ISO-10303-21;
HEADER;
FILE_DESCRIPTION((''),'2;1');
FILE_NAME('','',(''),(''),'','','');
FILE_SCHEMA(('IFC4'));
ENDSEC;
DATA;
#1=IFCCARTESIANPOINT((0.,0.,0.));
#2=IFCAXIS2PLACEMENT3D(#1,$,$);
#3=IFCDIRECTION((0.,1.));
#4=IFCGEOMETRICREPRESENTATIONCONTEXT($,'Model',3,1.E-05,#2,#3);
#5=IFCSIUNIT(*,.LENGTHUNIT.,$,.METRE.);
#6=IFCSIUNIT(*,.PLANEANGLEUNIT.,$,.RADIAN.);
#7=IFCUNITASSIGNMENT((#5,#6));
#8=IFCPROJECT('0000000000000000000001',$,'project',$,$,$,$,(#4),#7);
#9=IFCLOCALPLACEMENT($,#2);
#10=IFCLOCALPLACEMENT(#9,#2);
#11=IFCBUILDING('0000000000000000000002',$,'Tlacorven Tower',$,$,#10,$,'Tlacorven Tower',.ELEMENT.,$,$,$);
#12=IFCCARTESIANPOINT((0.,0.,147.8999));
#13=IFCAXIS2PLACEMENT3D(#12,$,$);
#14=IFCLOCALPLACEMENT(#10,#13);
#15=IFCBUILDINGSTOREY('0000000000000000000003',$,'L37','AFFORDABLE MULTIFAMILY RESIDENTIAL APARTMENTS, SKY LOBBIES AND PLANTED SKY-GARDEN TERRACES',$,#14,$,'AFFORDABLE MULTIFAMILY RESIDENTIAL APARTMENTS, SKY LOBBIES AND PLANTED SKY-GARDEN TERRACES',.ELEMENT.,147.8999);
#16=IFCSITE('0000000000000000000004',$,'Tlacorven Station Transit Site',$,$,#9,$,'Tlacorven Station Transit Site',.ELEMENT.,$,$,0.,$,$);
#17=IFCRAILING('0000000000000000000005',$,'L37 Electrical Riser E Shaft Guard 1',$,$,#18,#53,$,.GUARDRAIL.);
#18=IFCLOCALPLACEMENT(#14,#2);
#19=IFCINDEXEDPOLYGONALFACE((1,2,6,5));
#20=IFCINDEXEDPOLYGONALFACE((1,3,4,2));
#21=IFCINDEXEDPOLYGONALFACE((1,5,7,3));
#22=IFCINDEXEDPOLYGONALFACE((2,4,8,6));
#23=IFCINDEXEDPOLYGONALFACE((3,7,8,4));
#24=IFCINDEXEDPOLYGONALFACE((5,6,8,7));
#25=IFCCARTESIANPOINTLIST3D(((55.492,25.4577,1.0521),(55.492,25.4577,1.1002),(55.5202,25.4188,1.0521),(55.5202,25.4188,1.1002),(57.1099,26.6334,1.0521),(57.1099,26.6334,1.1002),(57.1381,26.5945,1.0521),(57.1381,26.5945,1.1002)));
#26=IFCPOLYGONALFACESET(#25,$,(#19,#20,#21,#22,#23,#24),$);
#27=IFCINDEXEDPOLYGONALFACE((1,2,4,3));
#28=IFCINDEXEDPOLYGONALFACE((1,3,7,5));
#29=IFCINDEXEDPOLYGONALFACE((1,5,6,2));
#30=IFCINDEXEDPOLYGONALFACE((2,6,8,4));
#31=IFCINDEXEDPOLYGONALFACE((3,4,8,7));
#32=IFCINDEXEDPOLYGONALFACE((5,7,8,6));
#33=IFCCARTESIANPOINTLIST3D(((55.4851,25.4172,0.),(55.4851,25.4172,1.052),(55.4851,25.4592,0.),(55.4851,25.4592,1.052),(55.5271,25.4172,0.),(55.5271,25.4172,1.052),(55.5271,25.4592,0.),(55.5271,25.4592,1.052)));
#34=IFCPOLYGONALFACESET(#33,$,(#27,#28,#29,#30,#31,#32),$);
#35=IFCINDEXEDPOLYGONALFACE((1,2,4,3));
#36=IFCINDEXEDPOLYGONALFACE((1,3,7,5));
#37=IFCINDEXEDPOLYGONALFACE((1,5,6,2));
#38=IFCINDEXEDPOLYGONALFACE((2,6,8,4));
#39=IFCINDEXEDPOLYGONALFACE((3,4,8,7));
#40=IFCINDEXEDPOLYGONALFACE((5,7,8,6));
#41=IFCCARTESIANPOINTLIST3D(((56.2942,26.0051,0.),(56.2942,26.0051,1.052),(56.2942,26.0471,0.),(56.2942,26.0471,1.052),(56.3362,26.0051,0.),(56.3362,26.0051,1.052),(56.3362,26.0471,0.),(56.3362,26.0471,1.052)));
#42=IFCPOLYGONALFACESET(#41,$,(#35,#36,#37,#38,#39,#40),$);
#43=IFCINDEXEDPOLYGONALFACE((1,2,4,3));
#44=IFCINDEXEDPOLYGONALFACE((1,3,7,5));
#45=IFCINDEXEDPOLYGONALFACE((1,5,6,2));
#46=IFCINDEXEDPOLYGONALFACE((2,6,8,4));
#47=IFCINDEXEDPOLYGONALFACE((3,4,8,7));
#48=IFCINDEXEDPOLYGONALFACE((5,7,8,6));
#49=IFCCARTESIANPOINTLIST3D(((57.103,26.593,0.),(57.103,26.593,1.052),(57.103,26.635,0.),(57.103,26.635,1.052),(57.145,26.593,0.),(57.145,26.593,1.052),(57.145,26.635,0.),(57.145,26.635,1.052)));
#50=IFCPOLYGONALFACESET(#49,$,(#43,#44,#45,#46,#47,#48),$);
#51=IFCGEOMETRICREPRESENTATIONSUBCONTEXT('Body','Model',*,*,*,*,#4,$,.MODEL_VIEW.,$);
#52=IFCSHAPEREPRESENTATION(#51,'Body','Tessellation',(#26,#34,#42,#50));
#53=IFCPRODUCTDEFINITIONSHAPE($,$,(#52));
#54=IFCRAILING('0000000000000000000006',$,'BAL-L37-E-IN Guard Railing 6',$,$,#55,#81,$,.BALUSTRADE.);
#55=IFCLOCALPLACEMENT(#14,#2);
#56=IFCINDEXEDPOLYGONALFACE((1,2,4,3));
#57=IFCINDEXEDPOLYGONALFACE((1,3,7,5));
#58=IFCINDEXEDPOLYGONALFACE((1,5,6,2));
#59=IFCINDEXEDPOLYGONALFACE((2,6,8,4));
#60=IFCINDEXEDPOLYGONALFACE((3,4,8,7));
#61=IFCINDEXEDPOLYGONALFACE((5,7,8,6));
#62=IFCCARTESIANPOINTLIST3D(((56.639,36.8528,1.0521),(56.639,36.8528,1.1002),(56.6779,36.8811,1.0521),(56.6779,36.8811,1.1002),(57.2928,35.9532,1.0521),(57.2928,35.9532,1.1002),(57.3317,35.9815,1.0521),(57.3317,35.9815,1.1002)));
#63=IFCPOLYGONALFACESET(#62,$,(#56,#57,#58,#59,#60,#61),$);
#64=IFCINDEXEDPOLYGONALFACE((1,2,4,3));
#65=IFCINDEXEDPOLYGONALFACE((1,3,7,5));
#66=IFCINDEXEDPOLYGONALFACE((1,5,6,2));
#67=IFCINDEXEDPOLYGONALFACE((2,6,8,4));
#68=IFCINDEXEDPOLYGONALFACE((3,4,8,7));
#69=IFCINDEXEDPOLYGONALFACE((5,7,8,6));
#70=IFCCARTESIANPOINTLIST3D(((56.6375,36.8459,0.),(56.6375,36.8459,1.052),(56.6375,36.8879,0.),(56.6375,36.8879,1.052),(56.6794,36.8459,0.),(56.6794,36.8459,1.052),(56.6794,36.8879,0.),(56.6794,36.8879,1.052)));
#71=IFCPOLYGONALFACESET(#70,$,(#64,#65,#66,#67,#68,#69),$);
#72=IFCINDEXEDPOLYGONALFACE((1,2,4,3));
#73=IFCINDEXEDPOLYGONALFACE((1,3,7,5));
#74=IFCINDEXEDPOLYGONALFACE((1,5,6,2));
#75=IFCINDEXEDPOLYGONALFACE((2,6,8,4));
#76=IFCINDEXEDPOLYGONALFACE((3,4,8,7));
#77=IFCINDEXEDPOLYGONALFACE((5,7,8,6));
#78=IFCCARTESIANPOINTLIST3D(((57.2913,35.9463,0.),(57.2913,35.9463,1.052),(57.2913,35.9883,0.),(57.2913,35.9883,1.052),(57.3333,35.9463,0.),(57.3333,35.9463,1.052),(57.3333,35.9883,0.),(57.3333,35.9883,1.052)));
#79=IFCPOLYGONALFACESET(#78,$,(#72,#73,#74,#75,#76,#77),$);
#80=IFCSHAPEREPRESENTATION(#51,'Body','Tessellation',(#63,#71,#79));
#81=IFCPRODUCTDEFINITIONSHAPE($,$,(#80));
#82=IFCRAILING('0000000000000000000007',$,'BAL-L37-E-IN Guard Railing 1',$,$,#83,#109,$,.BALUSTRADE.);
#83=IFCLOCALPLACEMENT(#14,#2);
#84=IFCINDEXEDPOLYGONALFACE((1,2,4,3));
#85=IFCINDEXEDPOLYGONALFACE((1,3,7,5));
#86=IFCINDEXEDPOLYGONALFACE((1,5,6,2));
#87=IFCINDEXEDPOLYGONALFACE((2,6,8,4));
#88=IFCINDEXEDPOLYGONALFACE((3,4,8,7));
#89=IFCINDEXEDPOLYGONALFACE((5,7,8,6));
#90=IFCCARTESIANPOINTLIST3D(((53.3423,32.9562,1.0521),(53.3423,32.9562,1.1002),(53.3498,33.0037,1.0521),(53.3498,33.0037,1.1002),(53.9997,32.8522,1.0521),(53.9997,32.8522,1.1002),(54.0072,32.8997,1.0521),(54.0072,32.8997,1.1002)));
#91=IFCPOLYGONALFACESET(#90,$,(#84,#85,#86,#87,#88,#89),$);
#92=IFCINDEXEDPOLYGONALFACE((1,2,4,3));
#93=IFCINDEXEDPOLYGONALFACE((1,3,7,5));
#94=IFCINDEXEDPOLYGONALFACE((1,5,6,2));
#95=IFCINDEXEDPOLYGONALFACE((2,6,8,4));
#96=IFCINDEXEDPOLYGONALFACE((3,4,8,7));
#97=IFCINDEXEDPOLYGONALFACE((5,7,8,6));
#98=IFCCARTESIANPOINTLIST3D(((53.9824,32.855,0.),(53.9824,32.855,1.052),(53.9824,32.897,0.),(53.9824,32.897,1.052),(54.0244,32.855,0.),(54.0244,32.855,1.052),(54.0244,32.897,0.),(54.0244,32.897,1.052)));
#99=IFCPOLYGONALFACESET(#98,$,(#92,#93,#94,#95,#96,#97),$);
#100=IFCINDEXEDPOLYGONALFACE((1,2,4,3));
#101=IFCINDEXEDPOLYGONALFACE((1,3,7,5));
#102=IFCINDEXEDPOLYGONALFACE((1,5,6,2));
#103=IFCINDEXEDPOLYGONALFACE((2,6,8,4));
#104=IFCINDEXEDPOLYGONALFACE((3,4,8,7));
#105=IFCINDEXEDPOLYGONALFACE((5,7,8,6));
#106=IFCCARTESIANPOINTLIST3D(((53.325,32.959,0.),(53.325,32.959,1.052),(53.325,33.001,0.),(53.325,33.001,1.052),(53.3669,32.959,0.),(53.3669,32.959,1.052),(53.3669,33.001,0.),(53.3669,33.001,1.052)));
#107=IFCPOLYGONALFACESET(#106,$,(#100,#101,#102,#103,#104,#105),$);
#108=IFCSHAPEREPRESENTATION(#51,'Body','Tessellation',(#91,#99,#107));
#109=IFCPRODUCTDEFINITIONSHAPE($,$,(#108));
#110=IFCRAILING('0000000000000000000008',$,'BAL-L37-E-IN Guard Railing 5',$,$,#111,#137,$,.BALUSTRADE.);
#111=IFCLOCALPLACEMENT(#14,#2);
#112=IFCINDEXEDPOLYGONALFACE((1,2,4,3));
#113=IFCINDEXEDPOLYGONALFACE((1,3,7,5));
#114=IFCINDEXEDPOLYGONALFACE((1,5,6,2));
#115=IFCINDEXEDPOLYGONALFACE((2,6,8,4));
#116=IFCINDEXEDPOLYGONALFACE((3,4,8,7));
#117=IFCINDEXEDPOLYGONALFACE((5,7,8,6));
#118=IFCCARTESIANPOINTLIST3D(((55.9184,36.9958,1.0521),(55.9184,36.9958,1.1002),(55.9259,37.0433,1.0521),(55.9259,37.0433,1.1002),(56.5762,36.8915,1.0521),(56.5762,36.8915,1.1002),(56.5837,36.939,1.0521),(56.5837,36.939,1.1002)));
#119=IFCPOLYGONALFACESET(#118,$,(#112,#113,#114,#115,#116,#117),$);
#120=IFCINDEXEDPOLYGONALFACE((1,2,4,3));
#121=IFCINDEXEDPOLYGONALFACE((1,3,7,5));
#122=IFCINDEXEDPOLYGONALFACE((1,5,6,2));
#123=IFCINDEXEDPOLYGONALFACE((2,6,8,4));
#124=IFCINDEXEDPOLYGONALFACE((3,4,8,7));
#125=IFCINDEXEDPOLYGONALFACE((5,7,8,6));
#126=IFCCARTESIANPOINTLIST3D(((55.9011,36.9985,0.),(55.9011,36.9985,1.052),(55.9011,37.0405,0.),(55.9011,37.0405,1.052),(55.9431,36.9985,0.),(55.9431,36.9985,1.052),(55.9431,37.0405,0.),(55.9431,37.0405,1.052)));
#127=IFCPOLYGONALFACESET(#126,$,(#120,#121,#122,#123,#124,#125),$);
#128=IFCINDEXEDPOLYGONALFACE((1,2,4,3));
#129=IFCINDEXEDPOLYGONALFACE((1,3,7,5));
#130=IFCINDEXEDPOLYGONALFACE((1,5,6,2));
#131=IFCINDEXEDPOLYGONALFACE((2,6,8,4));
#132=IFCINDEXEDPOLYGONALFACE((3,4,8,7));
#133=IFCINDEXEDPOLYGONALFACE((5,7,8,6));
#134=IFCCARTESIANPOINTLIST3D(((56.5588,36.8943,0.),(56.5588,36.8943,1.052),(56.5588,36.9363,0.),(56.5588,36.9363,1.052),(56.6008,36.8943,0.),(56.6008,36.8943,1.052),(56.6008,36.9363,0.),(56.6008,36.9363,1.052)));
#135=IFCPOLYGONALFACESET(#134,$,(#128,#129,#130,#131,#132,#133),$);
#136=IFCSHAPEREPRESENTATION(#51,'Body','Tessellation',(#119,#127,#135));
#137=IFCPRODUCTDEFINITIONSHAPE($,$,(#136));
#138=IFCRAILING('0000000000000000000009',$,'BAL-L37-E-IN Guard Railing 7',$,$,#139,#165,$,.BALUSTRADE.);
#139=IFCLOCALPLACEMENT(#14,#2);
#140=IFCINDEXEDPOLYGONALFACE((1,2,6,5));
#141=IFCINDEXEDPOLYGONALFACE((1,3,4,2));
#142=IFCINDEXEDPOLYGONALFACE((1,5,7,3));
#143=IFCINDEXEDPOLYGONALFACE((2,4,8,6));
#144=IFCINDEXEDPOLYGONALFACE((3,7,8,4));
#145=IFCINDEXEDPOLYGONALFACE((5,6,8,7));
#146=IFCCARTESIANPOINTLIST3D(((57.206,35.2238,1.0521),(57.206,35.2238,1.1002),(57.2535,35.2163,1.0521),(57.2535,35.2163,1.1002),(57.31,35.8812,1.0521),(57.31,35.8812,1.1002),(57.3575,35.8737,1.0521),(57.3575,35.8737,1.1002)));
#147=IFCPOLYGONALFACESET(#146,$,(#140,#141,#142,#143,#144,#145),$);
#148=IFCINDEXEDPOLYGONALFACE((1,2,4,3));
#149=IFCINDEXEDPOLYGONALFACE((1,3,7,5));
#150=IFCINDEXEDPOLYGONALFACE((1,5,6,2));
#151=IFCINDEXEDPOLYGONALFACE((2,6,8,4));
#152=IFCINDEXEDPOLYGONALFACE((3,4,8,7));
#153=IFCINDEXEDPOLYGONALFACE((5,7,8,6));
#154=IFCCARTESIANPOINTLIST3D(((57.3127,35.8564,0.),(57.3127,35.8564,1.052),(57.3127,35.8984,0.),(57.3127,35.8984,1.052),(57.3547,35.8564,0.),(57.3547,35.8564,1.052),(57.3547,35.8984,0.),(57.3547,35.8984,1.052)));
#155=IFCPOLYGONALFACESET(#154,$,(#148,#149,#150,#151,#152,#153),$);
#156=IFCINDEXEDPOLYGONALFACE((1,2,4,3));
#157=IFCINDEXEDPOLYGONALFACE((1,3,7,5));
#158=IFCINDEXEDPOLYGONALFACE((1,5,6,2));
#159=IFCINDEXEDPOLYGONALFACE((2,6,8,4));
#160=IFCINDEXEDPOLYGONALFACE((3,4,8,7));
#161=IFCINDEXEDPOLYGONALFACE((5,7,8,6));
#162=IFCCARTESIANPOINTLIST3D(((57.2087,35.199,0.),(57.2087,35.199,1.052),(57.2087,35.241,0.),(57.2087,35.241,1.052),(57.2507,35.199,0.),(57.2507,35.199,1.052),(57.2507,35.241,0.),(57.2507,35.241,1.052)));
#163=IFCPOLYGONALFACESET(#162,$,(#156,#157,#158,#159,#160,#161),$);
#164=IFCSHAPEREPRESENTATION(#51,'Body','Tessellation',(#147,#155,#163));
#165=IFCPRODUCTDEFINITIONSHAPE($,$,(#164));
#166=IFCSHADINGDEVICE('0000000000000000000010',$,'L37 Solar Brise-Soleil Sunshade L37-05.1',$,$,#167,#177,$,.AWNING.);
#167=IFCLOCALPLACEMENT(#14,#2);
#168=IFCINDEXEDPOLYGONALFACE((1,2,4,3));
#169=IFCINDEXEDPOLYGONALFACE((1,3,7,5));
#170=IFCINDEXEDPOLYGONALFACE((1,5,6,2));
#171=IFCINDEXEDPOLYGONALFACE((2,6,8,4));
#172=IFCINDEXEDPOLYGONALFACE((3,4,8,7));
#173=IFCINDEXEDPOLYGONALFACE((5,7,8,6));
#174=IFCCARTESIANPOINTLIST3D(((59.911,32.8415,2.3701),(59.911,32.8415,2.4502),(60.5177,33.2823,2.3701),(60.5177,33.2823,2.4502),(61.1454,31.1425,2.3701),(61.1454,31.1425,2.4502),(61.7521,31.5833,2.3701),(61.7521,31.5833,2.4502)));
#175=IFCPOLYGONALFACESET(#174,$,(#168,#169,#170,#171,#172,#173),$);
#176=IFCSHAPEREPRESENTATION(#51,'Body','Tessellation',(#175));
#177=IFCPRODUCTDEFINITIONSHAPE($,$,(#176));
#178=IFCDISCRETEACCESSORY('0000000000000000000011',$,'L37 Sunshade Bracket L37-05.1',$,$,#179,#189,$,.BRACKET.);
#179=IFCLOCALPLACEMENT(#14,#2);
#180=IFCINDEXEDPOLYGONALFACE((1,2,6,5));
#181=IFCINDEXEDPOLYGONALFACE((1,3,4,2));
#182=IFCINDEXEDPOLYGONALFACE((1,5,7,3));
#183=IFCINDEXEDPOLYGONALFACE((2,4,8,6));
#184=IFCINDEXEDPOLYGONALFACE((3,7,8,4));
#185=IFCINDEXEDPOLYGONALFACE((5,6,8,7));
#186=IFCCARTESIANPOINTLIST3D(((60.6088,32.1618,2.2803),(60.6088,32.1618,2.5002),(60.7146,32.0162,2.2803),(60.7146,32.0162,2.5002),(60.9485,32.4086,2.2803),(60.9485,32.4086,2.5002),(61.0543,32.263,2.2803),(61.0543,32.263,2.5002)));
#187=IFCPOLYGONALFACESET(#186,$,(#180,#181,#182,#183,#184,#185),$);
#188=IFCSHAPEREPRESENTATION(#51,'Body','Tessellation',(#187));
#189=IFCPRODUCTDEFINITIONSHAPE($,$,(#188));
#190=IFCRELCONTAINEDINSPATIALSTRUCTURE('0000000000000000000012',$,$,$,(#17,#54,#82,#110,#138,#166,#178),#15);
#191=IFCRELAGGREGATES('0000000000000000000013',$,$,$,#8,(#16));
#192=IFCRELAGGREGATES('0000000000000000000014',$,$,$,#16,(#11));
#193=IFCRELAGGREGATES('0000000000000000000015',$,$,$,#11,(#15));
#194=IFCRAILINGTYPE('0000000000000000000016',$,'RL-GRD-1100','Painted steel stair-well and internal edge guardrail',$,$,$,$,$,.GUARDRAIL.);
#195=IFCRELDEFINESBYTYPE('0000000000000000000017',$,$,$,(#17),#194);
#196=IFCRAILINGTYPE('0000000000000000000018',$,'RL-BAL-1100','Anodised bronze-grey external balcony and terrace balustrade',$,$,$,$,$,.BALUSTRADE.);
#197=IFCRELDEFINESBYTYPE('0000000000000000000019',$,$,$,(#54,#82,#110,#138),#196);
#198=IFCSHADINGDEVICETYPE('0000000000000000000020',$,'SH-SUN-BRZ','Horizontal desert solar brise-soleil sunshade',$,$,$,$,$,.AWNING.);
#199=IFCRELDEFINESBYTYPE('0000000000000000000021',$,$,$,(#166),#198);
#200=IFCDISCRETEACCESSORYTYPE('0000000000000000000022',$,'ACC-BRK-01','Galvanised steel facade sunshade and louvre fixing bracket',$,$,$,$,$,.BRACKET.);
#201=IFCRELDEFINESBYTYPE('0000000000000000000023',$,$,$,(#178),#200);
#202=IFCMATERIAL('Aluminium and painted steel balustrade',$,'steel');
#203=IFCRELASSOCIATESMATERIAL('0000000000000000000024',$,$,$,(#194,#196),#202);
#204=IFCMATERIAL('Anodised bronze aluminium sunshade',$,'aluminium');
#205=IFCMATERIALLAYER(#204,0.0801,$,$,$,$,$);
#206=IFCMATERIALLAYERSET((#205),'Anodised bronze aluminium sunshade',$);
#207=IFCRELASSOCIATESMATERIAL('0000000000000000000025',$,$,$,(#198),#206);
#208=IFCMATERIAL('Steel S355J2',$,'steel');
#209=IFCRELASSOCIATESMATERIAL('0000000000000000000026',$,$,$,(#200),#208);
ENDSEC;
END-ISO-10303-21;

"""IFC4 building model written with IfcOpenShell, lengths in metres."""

from ifc_helpers import new_model, si_unit, direction, frame, origin, origin_2d, place, context, subcontext, project, spatial, rectangle, extrude, source, transform, mapped, material, layer, layer_set, type_object, element, save


model = new_model("IFC4")

# Units and contexts
model_context = context("Model", 3, precision=1e-05, world=origin(), true_north=direction((0.0, 1.0)))
body_context = subcontext(model_context, "Body", "Model", "MODEL_VIEW")
ifc_project = project(units=[si_unit("LENGTHUNIT", "METRE"), si_unit("PLANEANGLEUNIT", "RADIAN")], contexts=[model_context])

# Site, building, storey
site_placement = place(None, origin())
site = spatial("IfcSite", under=ifc_project, at=site_placement, Name="Tlacorven Station Transit Site", LongName="Tlacorven Station Transit Site", CompositionType="ELEMENT", RefElevation=0.0)
building_placement = place(site_placement, origin())
building = spatial("IfcBuilding", under=site, at=building_placement, Name="Tlacorven Tower", LongName="Tlacorven Tower", CompositionType="ELEMENT")
storey_placement = place(building_placement, frame((0.0, 0.0, 147.8999)))
storey = spatial("IfcBuildingStorey", under=building, at=storey_placement, Name="L37", Description="AFFORDABLE MULTIFAMILY RESIDENTIAL APARTMENTS, SKY LOBBIES AND PLANTED SKY-GARDEN TERRACES", LongName="AFFORDABLE MULTIFAMILY RESIDENTIAL APARTMENTS, SKY LOBBIES AND PLANTED SKY-GARDEN TERRACES", CompositionType="ELEMENT", Elevation=147.8999)

# Shared definitions
ifc_material_1 = material(Name="Steel S355J2", Category="steel")

# Railings
ifc_material_2 = material(Name="Aluminium and painted steel balustrade", Category="steel")
railing_type_1 = type_object("IfcRailingType", Name="RL-GRD-1100", Description="Painted steel stair-well and internal edge guardrail", PredefinedType="GUARDRAIL", material=ifc_material_2)
shared_shape_1 = source(origin(), body_context, "Body", "SweptSolid", [
    extrude(rectangle(XDim=0.0481, YDim=0.0481, at=origin_2d()), frame((0.0, 0.0, 1.0762), z_axis=(0.808947, 0.587881, 0.0), x_axis=(-0.587881, 0.808947, 0.0)), (0.0, 0.0, 1.0), 2.0),
    extrude(rectangle(XDim=0.042, YDim=0.042, at=origin_2d()), origin(), (0.0, 0.0, 1.0), 1.052),
    extrude(rectangle(XDim=0.042, YDim=0.042, at=origin_2d()), frame((0.8091, 0.5879, 0.0)), (0.0, 0.0, 1.0), 1.052),
    extrude(rectangle(XDim=0.042, YDim=0.042, at=origin_2d()), frame((1.6179, 1.1758, 0.0)), (0.0, 0.0, 1.0), 1.052),
])
railing_1_placement = place(storey_placement, frame((55.5061, 25.4382, 0.0)))
element("IfcRailing", 1, at=railing_1_placement, inside=storey, type_object=railing_type_1, Name="L37 Electrical Riser E Shaft Guard 1", PredefinedType="GUARDRAIL", context=body_context, shape_type="MappedRepresentation", body=[
    mapped(shared_shape_1, transform((0.0, 0.0, 0.0), scale=1.0)),
])
railing_type_2 = type_object("IfcRailingType", Name="RL-BAL-1100", Description="Anodised bronze-grey external balcony and terrace balustrade", PredefinedType="BALUSTRADE", material=ifc_material_2)
shared_shape_2 = source(origin(), body_context, "Body", "SweptSolid", [
    extrude(rectangle(XDim=0.0481, YDim=0.0481, at=origin_2d()), frame((0.0, 0.0, 1.0762), z_axis=(0.587884, -0.808945, 0.0), x_axis=(0.808945, 0.587884, 0.0)), (0.0, 0.0, 1.0), 1.1121),
    extrude(rectangle(XDim=0.042, YDim=0.042, at=origin_2d()), origin(), (0.0, 0.0, 1.0), 1.052),
    extrude(rectangle(XDim=0.042, YDim=0.042, at=origin_2d()), frame((0.6538, -0.8997, 0.0)), (0.0, 0.0, 1.0), 1.052),
])
railing_2_placement = place(storey_placement, frame((56.6584, 36.8669, 0.0)))
element("IfcRailing", 2, at=railing_2_placement, inside=storey, type_object=railing_type_2, Name="BAL-L37-E-IN Guard Railing 6", PredefinedType="BALUSTRADE", context=body_context, shape_type="MappedRepresentation", body=[
    mapped(shared_shape_2, transform((0.0, 0.0, 0.0), scale=1.0)),
])
shared_shape_3 = source(origin(), body_context, "Body", "SweptSolid", [
    extrude(rectangle(XDim=0.0481, YDim=0.0481, at=origin_2d()), frame((0.0, 0.0, 1.0762), z_axis=(-0.987718, 0.156245, 0.0), x_axis=(-0.156245, -0.987718, 0.0)), (0.0, 0.0, 1.0), 0.6655),
    extrude(rectangle(XDim=0.042, YDim=0.042, at=origin_2d()), origin(), (0.0, 0.0, 1.0), 1.052),
    extrude(rectangle(XDim=0.042, YDim=0.042, at=origin_2d()), frame((-0.6575, 0.104, 0.0)), (0.0, 0.0, 1.0), 1.052),
])
railing_3_placement = place(storey_placement, frame((54.0034, 32.876, 0.0)))
element("IfcRailing", 3, at=railing_3_placement, inside=storey, type_object=railing_type_2, Name="BAL-L37-E-IN Guard Railing 1", PredefinedType="BALUSTRADE", context=body_context, shape_type="MappedRepresentation", body=[
    mapped(shared_shape_3, transform((0.0, 0.0, 0.0), scale=1.0)),
])
shared_shape_4 = source(origin(), body_context, "Body", "SweptSolid", [
    extrude(rectangle(XDim=0.0481, YDim=0.0481, at=origin_2d()), frame((0.0, 0.0, 1.0762), z_axis=(0.987671, -0.156546, 0.0), x_axis=(0.156546, 0.987671, 0.0)), (0.0, 0.0, 1.0), 0.666),
    extrude(rectangle(XDim=0.042, YDim=0.042, at=origin_2d()), origin(), (0.0, 0.0, 1.0), 1.052),
    extrude(rectangle(XDim=0.042, YDim=0.042, at=origin_2d()), frame((0.6577, -0.1042, 0.0)), (0.0, 0.0, 1.0), 1.052),
])
railing_4_placement = place(storey_placement, frame((55.9221, 37.0195, 0.0)))
element("IfcRailing", 4, at=railing_4_placement, inside=storey, type_object=railing_type_2, Name="BAL-L37-E-IN Guard Railing 5", PredefinedType="BALUSTRADE", context=body_context, shape_type="MappedRepresentation", body=[
    mapped(shared_shape_4, transform((0.0, 0.0, 0.0), scale=1.0)),
])
shared_shape_5 = source(origin(), body_context, "Body", "SweptSolid", [
    extrude(rectangle(XDim=0.0481, YDim=0.0481, at=origin_2d()), frame((0.0, 0.0, 1.0762), z_axis=(-0.156245, -0.987718, 0.0), x_axis=(0.987718, -0.156245, 0.0)), (0.0, 0.0, 1.0), 0.6655),
    extrude(rectangle(XDim=0.042, YDim=0.042, at=origin_2d()), origin(), (0.0, 0.0, 1.0), 1.052),
    extrude(rectangle(XDim=0.042, YDim=0.042, at=origin_2d()), frame((-0.104, -0.6575, 0.0)), (0.0, 0.0, 1.0), 1.052),
])
railing_5_placement = place(storey_placement, frame((57.3337, 35.8774, 0.0)))
element("IfcRailing", 5, at=railing_5_placement, inside=storey, type_object=railing_type_2, Name="BAL-L37-E-IN Guard Railing 7", PredefinedType="BALUSTRADE", context=body_context, shape_type="MappedRepresentation", body=[
    mapped(shared_shape_5, transform((0.0, 0.0, 0.0), scale=1.0)),
])

# Shading device
ifc_material_3 = material(Name="Anodised bronze aluminium sunshade", Category="aluminium")
ifc_layer_1 = layer(ifc_material_3, 0.0801)
ifc_layer_set_1 = layer_set([ifc_layer_1], Name="Anodised bronze aluminium sunshade")
shading_device_type = type_object("IfcShadingDeviceType", Name="SH-SUN-BRZ", Description="Horizontal desert solar brise-soleil sunshade", PredefinedType="AWNING", material=ifc_layer_set_1)
shared_shape_6 = source(origin(), body_context, "Body", "SweptSolid", [
    extrude(rectangle(XDim=2.1001, YDim=0.75, at=origin_2d()), origin(), (0.0, 0.0, 1.0), 0.0801),
])
shading_device_placement = place(storey_placement, frame((60.8315, 32.2124, 2.3701), z_axis=(0.0, 0.0, 1.0), x_axis=(0.587785, -0.809017, 0.0)))
element("IfcShadingDevice", 6, at=shading_device_placement, inside=storey, type_object=shading_device_type, Name="L37 Solar Brise-Soleil Sunshade L37-05.1", PredefinedType="AWNING", context=body_context, shape_type="MappedRepresentation", body=[
    mapped(shared_shape_6, transform((0.0, 0.0, 0.0), scale=1.0)),
])

# Discrete accessory
discrete_accessory_type = type_object("IfcDiscreteAccessoryType", Name="ACC-BRK-01", Description="Galvanised steel facade sunshade and louvre fixing bracket", PredefinedType="BRACKET", material=ifc_material_1)
shared_shape_7 = source(origin(), body_context, "Body", "SweptSolid", [
    extrude(rectangle(XDim=0.1799, YDim=0.4199, at=origin_2d()), origin(), (0.0, 0.0, 1.0), 0.22),
])
discrete_accessory_placement = place(storey_placement, frame((60.8315, 32.2124, 2.2803), z_axis=(0.0, 0.0, 1.0), x_axis=(0.587785, -0.809017, 0.0)))
element("IfcDiscreteAccessory", 7, at=discrete_accessory_placement, inside=storey, type_object=discrete_accessory_type, Name="L37 Sunshade Bracket L37-05.1", PredefinedType="BRACKET", context=body_context, shape_type="MappedRepresentation", body=[
    mapped(shared_shape_7, transform((0.0, 0.0, 0.0), scale=1.0)),
])

save(model, "model.ifc")
